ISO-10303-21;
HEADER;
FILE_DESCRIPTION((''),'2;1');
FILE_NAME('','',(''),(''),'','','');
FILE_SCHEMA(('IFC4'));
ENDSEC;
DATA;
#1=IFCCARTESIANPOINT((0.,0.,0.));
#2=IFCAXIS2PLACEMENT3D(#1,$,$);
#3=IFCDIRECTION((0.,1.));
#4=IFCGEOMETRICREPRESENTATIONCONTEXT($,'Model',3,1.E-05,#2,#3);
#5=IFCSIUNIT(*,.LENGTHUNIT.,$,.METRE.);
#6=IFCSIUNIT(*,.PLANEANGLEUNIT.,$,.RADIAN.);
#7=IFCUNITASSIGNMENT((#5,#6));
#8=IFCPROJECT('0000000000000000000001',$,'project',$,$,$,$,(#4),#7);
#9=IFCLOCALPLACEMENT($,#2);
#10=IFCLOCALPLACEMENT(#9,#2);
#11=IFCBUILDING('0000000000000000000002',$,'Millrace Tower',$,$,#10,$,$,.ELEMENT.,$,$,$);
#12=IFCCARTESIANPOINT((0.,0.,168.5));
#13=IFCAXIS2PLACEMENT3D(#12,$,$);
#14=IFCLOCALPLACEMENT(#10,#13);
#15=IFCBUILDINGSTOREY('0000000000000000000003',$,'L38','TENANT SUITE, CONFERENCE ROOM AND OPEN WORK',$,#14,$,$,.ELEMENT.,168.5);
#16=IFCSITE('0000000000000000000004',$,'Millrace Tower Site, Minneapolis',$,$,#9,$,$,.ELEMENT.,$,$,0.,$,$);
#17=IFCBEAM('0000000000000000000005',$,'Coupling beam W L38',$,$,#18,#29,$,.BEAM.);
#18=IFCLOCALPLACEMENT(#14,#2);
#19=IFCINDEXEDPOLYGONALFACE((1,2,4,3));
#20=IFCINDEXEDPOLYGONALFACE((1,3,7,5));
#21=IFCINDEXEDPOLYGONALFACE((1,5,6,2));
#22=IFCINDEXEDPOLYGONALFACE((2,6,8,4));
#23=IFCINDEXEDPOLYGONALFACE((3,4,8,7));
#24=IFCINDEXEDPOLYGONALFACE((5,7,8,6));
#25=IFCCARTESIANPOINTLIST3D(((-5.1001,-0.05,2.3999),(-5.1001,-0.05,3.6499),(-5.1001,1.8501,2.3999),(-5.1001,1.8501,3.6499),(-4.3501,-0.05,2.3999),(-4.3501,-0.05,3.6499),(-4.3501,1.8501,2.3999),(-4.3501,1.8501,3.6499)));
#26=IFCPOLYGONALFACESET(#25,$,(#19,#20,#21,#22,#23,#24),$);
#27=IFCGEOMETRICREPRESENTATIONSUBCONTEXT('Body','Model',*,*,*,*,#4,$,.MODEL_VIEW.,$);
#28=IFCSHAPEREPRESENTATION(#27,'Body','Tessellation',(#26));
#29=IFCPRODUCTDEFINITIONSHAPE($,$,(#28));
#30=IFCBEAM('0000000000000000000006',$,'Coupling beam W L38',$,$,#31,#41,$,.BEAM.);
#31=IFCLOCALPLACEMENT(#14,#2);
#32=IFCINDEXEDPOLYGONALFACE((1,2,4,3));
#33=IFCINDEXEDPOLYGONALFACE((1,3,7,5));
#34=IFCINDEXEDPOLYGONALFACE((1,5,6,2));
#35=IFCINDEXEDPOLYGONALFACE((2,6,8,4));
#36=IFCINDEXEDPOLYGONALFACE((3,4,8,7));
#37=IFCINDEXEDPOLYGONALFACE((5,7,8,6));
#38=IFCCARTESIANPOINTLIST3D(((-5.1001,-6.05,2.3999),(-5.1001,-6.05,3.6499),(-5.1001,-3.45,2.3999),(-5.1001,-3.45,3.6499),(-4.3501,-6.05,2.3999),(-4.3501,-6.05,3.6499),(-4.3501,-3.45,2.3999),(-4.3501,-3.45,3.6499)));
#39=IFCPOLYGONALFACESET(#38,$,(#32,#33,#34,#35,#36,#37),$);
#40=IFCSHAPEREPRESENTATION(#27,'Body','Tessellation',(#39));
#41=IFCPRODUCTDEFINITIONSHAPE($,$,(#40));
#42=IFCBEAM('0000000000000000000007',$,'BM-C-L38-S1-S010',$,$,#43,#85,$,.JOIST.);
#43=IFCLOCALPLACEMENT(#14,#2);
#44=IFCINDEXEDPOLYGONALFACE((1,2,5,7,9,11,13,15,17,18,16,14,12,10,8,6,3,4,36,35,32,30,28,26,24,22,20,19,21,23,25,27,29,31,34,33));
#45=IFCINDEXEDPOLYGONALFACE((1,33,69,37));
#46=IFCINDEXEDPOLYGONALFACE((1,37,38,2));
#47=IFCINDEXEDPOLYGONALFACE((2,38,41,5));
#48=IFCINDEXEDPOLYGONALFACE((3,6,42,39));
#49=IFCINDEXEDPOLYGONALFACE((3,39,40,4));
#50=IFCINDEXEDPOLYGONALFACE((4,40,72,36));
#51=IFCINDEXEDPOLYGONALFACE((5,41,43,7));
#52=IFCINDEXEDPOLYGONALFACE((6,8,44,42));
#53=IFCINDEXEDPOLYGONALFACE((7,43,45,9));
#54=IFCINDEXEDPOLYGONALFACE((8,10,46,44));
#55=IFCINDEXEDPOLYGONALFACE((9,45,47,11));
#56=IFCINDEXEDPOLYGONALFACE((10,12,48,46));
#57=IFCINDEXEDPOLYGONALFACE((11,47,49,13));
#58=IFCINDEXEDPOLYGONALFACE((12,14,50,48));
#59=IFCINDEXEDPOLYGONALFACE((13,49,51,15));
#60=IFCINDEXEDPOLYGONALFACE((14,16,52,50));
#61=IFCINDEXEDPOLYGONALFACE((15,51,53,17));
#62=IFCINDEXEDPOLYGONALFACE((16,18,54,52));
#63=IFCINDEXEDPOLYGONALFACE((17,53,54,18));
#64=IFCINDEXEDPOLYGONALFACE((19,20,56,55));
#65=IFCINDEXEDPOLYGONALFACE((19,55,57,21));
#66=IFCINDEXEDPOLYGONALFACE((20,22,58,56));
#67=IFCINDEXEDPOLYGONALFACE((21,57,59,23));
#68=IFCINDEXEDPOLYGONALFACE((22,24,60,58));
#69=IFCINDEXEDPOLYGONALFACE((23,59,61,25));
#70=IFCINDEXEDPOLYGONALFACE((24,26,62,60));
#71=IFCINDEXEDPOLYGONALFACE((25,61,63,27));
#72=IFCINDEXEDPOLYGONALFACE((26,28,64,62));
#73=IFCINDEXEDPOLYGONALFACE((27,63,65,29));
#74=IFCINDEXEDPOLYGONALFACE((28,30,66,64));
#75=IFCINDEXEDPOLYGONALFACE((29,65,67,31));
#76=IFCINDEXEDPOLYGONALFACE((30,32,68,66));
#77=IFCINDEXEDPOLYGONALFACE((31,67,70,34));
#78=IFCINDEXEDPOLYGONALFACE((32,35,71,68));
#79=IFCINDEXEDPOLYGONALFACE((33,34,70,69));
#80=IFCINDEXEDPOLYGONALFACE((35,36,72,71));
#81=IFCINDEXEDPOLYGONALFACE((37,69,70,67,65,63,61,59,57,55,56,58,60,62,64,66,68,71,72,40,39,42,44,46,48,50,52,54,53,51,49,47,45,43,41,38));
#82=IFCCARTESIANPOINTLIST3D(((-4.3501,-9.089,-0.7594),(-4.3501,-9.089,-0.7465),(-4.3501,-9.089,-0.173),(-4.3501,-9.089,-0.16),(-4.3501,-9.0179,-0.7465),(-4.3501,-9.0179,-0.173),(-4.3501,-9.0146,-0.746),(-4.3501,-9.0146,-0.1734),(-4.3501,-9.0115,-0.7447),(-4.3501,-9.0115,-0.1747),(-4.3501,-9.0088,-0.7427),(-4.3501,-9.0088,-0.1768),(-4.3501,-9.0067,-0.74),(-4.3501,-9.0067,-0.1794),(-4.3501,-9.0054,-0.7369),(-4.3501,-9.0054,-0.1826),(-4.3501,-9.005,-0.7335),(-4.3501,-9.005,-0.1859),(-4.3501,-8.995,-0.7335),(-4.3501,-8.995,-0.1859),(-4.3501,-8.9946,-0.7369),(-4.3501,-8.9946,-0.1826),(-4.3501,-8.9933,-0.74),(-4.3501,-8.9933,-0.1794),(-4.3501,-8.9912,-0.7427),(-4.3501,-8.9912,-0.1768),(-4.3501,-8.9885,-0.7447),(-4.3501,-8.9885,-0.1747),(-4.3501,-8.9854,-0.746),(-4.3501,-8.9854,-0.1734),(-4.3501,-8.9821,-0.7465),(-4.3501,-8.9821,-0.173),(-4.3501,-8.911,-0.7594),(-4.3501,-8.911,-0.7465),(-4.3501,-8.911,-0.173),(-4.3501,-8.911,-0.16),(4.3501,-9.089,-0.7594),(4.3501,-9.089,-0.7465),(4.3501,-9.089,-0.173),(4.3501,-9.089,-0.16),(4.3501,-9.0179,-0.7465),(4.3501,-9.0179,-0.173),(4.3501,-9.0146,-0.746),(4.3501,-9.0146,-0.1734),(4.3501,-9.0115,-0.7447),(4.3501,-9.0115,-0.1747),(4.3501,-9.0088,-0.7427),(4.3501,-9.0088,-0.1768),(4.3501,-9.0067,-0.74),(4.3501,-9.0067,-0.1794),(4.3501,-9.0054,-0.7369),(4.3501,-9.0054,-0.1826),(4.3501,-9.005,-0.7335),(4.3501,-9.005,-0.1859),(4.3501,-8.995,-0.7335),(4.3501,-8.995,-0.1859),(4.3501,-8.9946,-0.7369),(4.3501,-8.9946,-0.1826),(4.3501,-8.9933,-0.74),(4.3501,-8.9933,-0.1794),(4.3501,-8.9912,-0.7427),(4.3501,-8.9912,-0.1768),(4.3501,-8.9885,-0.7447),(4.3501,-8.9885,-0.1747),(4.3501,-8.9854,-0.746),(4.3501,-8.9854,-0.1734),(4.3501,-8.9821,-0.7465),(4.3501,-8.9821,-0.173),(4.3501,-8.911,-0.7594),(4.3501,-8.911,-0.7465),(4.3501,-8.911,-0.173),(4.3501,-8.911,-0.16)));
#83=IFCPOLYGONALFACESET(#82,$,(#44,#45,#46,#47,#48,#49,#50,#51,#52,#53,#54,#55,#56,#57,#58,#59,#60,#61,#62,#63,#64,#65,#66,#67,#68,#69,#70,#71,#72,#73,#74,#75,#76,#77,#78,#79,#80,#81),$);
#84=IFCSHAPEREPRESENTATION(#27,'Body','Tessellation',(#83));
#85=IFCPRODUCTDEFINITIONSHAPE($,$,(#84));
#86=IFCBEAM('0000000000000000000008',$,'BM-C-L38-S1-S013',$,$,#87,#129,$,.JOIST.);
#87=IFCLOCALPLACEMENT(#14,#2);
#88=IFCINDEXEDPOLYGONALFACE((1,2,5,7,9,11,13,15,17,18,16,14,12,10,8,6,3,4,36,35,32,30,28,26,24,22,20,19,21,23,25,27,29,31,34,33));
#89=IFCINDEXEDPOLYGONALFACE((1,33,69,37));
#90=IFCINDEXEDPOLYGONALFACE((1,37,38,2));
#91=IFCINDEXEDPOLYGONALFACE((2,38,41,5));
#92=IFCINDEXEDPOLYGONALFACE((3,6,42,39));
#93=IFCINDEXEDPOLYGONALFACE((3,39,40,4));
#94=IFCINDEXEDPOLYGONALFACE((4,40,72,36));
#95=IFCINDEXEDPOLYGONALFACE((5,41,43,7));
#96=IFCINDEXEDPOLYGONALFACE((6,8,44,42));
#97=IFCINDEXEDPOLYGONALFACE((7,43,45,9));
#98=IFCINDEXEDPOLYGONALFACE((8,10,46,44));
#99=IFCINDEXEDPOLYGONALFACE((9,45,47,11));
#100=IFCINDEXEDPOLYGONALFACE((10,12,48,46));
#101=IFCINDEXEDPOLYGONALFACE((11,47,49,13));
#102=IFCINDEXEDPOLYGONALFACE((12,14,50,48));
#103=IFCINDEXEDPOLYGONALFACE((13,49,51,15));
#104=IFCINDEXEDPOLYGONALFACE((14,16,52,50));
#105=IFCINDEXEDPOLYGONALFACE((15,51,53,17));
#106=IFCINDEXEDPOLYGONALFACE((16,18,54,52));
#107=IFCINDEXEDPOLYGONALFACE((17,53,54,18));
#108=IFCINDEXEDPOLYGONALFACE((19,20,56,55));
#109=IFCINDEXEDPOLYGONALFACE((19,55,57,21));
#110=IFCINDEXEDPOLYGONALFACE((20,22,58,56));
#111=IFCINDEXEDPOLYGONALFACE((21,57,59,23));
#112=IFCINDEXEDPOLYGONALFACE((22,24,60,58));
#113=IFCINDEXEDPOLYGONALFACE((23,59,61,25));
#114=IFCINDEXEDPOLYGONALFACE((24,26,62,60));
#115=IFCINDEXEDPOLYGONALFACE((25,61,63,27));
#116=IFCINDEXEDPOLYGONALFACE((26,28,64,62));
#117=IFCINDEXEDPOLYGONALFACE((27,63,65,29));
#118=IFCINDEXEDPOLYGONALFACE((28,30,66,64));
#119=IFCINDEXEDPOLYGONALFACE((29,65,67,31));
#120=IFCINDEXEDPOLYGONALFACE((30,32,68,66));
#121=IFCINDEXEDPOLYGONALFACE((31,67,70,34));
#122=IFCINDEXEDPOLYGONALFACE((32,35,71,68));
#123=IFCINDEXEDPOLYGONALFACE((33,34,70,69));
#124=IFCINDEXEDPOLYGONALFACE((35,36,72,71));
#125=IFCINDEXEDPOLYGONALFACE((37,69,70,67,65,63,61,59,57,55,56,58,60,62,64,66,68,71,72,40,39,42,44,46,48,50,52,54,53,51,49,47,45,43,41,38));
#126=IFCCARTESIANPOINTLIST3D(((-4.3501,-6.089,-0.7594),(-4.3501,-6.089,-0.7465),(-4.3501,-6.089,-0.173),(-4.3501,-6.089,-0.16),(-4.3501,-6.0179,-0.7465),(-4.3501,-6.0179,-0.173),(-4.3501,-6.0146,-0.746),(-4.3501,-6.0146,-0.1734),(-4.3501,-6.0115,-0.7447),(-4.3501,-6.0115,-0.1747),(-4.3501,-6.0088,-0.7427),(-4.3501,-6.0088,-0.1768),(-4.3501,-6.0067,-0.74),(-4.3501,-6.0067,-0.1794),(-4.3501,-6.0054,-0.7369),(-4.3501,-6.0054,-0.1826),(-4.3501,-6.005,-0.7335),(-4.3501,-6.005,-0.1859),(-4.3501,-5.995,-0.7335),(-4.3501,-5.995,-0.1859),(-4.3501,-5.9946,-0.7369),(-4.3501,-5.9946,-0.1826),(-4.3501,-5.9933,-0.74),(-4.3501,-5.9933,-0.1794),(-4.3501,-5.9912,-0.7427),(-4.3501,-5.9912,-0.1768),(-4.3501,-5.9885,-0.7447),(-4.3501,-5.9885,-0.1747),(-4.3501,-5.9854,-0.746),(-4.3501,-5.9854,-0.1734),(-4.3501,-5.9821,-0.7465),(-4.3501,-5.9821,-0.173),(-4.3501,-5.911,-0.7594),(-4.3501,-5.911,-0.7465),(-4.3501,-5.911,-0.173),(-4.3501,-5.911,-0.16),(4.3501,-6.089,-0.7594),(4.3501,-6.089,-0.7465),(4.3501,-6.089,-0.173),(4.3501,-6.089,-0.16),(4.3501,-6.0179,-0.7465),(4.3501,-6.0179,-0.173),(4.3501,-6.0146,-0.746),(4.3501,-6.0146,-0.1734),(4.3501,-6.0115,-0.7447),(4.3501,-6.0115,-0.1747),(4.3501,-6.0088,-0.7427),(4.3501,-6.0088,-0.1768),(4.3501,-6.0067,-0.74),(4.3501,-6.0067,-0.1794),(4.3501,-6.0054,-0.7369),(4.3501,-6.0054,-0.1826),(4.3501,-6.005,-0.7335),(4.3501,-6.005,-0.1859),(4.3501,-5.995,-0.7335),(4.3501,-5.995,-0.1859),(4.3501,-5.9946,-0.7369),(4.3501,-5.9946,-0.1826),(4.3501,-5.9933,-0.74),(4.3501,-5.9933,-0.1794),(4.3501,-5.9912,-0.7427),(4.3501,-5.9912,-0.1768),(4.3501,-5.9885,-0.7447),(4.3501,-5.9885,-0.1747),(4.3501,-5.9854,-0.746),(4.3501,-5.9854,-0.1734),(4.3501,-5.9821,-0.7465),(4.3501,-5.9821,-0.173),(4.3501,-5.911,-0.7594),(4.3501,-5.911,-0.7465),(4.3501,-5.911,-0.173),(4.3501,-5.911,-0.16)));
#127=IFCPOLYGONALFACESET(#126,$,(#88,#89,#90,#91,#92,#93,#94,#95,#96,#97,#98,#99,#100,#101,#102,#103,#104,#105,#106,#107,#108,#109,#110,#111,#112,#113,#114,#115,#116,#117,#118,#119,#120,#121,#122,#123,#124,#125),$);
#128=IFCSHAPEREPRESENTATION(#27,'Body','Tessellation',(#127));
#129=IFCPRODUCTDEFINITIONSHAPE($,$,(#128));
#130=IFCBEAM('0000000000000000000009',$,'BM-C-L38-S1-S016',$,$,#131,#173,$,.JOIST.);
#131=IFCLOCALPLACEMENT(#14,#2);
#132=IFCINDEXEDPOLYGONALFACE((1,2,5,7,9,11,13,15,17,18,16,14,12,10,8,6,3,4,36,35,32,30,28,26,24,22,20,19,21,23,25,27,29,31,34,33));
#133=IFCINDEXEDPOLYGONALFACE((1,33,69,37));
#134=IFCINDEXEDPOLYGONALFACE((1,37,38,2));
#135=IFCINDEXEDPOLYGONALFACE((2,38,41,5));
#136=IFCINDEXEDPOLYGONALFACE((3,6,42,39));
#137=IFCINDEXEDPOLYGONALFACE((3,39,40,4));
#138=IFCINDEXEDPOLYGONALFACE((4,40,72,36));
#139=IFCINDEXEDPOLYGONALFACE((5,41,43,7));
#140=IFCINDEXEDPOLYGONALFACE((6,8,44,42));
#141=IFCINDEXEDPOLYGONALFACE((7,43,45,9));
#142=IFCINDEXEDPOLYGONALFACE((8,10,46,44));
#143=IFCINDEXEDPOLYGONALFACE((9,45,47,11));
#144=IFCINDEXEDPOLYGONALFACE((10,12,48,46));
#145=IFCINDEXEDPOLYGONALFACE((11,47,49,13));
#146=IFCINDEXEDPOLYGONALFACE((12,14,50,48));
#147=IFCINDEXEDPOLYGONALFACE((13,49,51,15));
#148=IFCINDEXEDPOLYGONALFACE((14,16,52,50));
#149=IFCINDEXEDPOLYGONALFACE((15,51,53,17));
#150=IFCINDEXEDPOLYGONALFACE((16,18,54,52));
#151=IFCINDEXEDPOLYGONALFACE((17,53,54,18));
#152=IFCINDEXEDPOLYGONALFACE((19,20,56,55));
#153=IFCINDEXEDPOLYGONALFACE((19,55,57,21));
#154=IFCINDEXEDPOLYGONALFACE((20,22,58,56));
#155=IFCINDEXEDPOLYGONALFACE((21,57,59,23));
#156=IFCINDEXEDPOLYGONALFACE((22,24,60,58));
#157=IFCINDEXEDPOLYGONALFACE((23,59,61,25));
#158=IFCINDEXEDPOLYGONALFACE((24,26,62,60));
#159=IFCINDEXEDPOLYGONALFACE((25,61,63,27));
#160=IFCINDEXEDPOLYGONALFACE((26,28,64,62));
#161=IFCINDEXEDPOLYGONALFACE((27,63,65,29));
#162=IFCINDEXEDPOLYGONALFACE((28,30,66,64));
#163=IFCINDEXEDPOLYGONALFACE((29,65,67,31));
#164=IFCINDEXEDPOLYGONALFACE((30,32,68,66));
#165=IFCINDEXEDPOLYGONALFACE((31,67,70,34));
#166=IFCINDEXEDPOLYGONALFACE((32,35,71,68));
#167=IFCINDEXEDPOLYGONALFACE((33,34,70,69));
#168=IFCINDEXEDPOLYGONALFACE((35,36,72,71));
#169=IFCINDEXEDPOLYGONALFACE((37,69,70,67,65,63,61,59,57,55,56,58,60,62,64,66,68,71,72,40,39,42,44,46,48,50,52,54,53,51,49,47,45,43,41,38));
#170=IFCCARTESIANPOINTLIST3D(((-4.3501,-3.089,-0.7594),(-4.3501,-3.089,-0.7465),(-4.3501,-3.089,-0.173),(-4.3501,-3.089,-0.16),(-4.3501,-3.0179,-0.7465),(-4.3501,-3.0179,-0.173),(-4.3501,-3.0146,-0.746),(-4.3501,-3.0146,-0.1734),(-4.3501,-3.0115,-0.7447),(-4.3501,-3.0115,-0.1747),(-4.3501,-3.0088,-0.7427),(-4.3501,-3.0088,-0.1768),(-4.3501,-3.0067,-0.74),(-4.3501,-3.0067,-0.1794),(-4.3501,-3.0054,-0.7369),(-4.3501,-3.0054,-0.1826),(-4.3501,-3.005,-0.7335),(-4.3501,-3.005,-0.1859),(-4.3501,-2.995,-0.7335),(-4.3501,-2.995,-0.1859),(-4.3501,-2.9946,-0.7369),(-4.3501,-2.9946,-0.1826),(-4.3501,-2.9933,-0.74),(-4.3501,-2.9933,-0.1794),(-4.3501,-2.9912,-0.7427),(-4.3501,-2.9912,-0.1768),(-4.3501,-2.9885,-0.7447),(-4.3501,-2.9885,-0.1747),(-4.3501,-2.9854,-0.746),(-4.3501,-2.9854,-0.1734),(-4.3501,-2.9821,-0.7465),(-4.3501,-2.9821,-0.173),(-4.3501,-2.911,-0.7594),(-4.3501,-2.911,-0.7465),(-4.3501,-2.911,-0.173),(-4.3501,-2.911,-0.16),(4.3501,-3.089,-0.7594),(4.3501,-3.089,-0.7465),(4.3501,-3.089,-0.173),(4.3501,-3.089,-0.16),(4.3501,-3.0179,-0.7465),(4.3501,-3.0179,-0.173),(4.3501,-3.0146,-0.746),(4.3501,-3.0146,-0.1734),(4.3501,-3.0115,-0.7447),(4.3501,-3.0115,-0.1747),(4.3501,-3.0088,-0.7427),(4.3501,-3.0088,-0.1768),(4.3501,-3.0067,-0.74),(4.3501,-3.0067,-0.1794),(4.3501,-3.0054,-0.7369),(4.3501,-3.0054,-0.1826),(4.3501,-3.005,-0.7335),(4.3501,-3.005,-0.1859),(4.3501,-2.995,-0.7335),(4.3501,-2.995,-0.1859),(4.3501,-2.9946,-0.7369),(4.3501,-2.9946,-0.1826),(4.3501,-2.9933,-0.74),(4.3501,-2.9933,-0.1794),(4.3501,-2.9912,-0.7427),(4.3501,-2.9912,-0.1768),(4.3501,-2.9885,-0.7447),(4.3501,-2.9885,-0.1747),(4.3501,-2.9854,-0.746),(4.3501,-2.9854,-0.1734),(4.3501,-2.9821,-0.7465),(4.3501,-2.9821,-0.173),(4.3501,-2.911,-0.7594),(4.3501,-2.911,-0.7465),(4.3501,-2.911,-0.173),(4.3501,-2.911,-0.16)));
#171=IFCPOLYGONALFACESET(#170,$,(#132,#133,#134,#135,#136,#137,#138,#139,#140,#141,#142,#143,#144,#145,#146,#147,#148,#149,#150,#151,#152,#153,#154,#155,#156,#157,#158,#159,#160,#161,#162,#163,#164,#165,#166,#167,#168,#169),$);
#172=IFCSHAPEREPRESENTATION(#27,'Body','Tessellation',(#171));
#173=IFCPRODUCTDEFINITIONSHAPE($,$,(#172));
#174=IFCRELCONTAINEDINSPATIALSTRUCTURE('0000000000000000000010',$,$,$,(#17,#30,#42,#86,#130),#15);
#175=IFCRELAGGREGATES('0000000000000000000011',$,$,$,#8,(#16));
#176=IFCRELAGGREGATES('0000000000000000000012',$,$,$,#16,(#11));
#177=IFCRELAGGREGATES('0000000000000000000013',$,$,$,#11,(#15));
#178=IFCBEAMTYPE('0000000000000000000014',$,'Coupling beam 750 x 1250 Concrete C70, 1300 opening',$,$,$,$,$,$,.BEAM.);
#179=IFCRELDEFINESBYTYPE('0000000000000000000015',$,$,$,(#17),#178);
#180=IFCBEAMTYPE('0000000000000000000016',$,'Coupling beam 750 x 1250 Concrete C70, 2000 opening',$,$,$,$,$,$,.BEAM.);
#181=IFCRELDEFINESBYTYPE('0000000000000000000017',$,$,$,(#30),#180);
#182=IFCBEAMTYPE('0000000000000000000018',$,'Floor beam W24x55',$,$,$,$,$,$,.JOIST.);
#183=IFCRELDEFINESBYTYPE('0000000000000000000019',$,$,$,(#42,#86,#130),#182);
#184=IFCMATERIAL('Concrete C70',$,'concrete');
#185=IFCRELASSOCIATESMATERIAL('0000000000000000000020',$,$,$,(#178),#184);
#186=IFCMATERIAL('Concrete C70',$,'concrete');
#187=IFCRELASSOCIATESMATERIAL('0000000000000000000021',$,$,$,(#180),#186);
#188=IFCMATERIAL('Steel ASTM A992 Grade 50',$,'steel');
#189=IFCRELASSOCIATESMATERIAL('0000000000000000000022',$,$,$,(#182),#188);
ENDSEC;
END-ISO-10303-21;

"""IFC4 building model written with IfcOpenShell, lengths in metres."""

from ifc_helpers import new_model, si_unit, direction, frame, origin, origin_2d, place, context, subcontext, project, spatial, rectangle, i_section, extrude, material, material_profile, profile_set, type_object, element, save


model = new_model("IFC4")

# Units and contexts
model_context = context("Model", 3, precision=1e-05, world=origin(), true_north=direction((0.0, 1.0)))
body_context = subcontext(model_context, "Body", "Model", "MODEL_VIEW")
ifc_project = project(units=[si_unit("LENGTHUNIT", "METRE"), si_unit("PLANEANGLEUNIT", "RADIAN")], contexts=[model_context])

# Site, building, storey
site_placement = place(None, origin())
site = spatial("IfcSite", under=ifc_project, at=site_placement, Name="Millrace Tower Site, Minneapolis", CompositionType="ELEMENT", RefElevation=0.0)
building_placement = place(site_placement, origin())
building = spatial("IfcBuilding", under=site, at=building_placement, Name="Millrace Tower", CompositionType="ELEMENT")
storey_placement = place(building_placement, frame((0.0, 0.0, 168.5)))
storey = spatial("IfcBuildingStorey", under=building, at=storey_placement, Name="L38", Description="TENANT SUITE, CONFERENCE ROOM AND OPEN WORK", CompositionType="ELEMENT", Elevation=168.5)

# Beams
ifc_material_1 = material(Name="Concrete C70", Category="concrete")
ifc_material_profile_1 = material_profile(ifc_material_1, rectangle(XDim=0.75, YDim=1.25, at=origin_2d()))
ifc_profile_set_1 = profile_set([ifc_material_profile_1], Name="Concrete C70")
beam_type_1 = type_object("IfcBeamType", Name="Coupling beam 750 x 1250 Concrete C70, 1300 opening", PredefinedType="BEAM", material=ifc_profile_set_1)
beam_1_placement = place(storey_placement, frame((-4.7251, -0.05, 3.0249), z_axis=(0.0, 1.0, 0.0), x_axis=(-1.0, 0.0, 0.0)))
element("IfcBeam", 1, at=beam_1_placement, inside=storey, type_object=beam_type_1, Name="Coupling beam W L38", PredefinedType="BEAM", context=body_context, shape_type="SweptSolid", body=[
    extrude(rectangle(XDim=0.75, YDim=1.25, at=origin_2d()), origin(), (0.0, 0.0, 1.0), 1.9001),
])
ifc_material_2 = material(Name="Concrete C70", Category="concrete")
ifc_material_profile_2 = material_profile(ifc_material_2, rectangle(XDim=0.75, YDim=1.25, at=origin_2d()))
ifc_profile_set_2 = profile_set([ifc_material_profile_2], Name="Concrete C70")
beam_type_2 = type_object("IfcBeamType", Name="Coupling beam 750 x 1250 Concrete C70, 2000 opening", PredefinedType="BEAM", material=ifc_profile_set_2)
beam_2_placement = place(storey_placement, frame((-4.7251, -6.05, 3.0249), z_axis=(0.0, 1.0, 0.0), x_axis=(-1.0, 0.0, 0.0)))
element("IfcBeam", 2, at=beam_2_placement, inside=storey, type_object=beam_type_2, Name="Coupling beam W L38", PredefinedType="BEAM", context=body_context, shape_type="SweptSolid", body=[
    extrude(rectangle(XDim=0.75, YDim=1.25, at=origin_2d()), origin(), (0.0, 0.0, 1.0), 2.6001),
])
ifc_material_3 = material(Name="Steel ASTM A992 Grade 50", Category="steel")
ifc_material_profile_3 = material_profile(ifc_material_3, i_section(OverallWidth=0.178, OverallDepth=0.5994, WebThickness=0.01, FlangeThickness=0.0129, FilletRadius=0.0129, at=origin_2d()))
ifc_profile_set_3 = profile_set([ifc_material_profile_3], Name="Steel ASTM A992 Grade 50")
beam_type_3 = type_object("IfcBeamType", Name="Floor beam W24x55", PredefinedType="JOIST", material=ifc_profile_set_3)
for number, where, z_axis, x_axis, name in (
    (3, (-4.3501, -9.0, -0.4597), (1.0, 0.0, 0.0), (0.0, 1.0, 0.0), "BM-C-L38-S1-S010"),
    (4, (-4.3501, -6.0, -0.4597), (1.0, 0.0, 0.0), (0.0, 1.0, 0.0), "BM-C-L38-S1-S013"),
    (5, (-4.3501, -3.0, -0.4597), (1.0, 0.0, 0.0), (0.0, 1.0, 0.0), "BM-C-L38-S1-S016"),
):
    element("IfcBeam", number, at=place(storey_placement, frame(where, z_axis=z_axis, x_axis=x_axis)), inside=storey, type_object=beam_type_3, Name=name, PredefinedType="JOIST", context=body_context, shape_type="SweptSolid", body=[
        extrude(i_section(OverallWidth=0.178, OverallDepth=0.5994, WebThickness=0.01, FlangeThickness=0.0129, FilletRadius=0.0129, at=origin_2d()), origin(), (0.0, 0.0, 1.0), 8.7002),
    ])

save(model, "model.ifc")
